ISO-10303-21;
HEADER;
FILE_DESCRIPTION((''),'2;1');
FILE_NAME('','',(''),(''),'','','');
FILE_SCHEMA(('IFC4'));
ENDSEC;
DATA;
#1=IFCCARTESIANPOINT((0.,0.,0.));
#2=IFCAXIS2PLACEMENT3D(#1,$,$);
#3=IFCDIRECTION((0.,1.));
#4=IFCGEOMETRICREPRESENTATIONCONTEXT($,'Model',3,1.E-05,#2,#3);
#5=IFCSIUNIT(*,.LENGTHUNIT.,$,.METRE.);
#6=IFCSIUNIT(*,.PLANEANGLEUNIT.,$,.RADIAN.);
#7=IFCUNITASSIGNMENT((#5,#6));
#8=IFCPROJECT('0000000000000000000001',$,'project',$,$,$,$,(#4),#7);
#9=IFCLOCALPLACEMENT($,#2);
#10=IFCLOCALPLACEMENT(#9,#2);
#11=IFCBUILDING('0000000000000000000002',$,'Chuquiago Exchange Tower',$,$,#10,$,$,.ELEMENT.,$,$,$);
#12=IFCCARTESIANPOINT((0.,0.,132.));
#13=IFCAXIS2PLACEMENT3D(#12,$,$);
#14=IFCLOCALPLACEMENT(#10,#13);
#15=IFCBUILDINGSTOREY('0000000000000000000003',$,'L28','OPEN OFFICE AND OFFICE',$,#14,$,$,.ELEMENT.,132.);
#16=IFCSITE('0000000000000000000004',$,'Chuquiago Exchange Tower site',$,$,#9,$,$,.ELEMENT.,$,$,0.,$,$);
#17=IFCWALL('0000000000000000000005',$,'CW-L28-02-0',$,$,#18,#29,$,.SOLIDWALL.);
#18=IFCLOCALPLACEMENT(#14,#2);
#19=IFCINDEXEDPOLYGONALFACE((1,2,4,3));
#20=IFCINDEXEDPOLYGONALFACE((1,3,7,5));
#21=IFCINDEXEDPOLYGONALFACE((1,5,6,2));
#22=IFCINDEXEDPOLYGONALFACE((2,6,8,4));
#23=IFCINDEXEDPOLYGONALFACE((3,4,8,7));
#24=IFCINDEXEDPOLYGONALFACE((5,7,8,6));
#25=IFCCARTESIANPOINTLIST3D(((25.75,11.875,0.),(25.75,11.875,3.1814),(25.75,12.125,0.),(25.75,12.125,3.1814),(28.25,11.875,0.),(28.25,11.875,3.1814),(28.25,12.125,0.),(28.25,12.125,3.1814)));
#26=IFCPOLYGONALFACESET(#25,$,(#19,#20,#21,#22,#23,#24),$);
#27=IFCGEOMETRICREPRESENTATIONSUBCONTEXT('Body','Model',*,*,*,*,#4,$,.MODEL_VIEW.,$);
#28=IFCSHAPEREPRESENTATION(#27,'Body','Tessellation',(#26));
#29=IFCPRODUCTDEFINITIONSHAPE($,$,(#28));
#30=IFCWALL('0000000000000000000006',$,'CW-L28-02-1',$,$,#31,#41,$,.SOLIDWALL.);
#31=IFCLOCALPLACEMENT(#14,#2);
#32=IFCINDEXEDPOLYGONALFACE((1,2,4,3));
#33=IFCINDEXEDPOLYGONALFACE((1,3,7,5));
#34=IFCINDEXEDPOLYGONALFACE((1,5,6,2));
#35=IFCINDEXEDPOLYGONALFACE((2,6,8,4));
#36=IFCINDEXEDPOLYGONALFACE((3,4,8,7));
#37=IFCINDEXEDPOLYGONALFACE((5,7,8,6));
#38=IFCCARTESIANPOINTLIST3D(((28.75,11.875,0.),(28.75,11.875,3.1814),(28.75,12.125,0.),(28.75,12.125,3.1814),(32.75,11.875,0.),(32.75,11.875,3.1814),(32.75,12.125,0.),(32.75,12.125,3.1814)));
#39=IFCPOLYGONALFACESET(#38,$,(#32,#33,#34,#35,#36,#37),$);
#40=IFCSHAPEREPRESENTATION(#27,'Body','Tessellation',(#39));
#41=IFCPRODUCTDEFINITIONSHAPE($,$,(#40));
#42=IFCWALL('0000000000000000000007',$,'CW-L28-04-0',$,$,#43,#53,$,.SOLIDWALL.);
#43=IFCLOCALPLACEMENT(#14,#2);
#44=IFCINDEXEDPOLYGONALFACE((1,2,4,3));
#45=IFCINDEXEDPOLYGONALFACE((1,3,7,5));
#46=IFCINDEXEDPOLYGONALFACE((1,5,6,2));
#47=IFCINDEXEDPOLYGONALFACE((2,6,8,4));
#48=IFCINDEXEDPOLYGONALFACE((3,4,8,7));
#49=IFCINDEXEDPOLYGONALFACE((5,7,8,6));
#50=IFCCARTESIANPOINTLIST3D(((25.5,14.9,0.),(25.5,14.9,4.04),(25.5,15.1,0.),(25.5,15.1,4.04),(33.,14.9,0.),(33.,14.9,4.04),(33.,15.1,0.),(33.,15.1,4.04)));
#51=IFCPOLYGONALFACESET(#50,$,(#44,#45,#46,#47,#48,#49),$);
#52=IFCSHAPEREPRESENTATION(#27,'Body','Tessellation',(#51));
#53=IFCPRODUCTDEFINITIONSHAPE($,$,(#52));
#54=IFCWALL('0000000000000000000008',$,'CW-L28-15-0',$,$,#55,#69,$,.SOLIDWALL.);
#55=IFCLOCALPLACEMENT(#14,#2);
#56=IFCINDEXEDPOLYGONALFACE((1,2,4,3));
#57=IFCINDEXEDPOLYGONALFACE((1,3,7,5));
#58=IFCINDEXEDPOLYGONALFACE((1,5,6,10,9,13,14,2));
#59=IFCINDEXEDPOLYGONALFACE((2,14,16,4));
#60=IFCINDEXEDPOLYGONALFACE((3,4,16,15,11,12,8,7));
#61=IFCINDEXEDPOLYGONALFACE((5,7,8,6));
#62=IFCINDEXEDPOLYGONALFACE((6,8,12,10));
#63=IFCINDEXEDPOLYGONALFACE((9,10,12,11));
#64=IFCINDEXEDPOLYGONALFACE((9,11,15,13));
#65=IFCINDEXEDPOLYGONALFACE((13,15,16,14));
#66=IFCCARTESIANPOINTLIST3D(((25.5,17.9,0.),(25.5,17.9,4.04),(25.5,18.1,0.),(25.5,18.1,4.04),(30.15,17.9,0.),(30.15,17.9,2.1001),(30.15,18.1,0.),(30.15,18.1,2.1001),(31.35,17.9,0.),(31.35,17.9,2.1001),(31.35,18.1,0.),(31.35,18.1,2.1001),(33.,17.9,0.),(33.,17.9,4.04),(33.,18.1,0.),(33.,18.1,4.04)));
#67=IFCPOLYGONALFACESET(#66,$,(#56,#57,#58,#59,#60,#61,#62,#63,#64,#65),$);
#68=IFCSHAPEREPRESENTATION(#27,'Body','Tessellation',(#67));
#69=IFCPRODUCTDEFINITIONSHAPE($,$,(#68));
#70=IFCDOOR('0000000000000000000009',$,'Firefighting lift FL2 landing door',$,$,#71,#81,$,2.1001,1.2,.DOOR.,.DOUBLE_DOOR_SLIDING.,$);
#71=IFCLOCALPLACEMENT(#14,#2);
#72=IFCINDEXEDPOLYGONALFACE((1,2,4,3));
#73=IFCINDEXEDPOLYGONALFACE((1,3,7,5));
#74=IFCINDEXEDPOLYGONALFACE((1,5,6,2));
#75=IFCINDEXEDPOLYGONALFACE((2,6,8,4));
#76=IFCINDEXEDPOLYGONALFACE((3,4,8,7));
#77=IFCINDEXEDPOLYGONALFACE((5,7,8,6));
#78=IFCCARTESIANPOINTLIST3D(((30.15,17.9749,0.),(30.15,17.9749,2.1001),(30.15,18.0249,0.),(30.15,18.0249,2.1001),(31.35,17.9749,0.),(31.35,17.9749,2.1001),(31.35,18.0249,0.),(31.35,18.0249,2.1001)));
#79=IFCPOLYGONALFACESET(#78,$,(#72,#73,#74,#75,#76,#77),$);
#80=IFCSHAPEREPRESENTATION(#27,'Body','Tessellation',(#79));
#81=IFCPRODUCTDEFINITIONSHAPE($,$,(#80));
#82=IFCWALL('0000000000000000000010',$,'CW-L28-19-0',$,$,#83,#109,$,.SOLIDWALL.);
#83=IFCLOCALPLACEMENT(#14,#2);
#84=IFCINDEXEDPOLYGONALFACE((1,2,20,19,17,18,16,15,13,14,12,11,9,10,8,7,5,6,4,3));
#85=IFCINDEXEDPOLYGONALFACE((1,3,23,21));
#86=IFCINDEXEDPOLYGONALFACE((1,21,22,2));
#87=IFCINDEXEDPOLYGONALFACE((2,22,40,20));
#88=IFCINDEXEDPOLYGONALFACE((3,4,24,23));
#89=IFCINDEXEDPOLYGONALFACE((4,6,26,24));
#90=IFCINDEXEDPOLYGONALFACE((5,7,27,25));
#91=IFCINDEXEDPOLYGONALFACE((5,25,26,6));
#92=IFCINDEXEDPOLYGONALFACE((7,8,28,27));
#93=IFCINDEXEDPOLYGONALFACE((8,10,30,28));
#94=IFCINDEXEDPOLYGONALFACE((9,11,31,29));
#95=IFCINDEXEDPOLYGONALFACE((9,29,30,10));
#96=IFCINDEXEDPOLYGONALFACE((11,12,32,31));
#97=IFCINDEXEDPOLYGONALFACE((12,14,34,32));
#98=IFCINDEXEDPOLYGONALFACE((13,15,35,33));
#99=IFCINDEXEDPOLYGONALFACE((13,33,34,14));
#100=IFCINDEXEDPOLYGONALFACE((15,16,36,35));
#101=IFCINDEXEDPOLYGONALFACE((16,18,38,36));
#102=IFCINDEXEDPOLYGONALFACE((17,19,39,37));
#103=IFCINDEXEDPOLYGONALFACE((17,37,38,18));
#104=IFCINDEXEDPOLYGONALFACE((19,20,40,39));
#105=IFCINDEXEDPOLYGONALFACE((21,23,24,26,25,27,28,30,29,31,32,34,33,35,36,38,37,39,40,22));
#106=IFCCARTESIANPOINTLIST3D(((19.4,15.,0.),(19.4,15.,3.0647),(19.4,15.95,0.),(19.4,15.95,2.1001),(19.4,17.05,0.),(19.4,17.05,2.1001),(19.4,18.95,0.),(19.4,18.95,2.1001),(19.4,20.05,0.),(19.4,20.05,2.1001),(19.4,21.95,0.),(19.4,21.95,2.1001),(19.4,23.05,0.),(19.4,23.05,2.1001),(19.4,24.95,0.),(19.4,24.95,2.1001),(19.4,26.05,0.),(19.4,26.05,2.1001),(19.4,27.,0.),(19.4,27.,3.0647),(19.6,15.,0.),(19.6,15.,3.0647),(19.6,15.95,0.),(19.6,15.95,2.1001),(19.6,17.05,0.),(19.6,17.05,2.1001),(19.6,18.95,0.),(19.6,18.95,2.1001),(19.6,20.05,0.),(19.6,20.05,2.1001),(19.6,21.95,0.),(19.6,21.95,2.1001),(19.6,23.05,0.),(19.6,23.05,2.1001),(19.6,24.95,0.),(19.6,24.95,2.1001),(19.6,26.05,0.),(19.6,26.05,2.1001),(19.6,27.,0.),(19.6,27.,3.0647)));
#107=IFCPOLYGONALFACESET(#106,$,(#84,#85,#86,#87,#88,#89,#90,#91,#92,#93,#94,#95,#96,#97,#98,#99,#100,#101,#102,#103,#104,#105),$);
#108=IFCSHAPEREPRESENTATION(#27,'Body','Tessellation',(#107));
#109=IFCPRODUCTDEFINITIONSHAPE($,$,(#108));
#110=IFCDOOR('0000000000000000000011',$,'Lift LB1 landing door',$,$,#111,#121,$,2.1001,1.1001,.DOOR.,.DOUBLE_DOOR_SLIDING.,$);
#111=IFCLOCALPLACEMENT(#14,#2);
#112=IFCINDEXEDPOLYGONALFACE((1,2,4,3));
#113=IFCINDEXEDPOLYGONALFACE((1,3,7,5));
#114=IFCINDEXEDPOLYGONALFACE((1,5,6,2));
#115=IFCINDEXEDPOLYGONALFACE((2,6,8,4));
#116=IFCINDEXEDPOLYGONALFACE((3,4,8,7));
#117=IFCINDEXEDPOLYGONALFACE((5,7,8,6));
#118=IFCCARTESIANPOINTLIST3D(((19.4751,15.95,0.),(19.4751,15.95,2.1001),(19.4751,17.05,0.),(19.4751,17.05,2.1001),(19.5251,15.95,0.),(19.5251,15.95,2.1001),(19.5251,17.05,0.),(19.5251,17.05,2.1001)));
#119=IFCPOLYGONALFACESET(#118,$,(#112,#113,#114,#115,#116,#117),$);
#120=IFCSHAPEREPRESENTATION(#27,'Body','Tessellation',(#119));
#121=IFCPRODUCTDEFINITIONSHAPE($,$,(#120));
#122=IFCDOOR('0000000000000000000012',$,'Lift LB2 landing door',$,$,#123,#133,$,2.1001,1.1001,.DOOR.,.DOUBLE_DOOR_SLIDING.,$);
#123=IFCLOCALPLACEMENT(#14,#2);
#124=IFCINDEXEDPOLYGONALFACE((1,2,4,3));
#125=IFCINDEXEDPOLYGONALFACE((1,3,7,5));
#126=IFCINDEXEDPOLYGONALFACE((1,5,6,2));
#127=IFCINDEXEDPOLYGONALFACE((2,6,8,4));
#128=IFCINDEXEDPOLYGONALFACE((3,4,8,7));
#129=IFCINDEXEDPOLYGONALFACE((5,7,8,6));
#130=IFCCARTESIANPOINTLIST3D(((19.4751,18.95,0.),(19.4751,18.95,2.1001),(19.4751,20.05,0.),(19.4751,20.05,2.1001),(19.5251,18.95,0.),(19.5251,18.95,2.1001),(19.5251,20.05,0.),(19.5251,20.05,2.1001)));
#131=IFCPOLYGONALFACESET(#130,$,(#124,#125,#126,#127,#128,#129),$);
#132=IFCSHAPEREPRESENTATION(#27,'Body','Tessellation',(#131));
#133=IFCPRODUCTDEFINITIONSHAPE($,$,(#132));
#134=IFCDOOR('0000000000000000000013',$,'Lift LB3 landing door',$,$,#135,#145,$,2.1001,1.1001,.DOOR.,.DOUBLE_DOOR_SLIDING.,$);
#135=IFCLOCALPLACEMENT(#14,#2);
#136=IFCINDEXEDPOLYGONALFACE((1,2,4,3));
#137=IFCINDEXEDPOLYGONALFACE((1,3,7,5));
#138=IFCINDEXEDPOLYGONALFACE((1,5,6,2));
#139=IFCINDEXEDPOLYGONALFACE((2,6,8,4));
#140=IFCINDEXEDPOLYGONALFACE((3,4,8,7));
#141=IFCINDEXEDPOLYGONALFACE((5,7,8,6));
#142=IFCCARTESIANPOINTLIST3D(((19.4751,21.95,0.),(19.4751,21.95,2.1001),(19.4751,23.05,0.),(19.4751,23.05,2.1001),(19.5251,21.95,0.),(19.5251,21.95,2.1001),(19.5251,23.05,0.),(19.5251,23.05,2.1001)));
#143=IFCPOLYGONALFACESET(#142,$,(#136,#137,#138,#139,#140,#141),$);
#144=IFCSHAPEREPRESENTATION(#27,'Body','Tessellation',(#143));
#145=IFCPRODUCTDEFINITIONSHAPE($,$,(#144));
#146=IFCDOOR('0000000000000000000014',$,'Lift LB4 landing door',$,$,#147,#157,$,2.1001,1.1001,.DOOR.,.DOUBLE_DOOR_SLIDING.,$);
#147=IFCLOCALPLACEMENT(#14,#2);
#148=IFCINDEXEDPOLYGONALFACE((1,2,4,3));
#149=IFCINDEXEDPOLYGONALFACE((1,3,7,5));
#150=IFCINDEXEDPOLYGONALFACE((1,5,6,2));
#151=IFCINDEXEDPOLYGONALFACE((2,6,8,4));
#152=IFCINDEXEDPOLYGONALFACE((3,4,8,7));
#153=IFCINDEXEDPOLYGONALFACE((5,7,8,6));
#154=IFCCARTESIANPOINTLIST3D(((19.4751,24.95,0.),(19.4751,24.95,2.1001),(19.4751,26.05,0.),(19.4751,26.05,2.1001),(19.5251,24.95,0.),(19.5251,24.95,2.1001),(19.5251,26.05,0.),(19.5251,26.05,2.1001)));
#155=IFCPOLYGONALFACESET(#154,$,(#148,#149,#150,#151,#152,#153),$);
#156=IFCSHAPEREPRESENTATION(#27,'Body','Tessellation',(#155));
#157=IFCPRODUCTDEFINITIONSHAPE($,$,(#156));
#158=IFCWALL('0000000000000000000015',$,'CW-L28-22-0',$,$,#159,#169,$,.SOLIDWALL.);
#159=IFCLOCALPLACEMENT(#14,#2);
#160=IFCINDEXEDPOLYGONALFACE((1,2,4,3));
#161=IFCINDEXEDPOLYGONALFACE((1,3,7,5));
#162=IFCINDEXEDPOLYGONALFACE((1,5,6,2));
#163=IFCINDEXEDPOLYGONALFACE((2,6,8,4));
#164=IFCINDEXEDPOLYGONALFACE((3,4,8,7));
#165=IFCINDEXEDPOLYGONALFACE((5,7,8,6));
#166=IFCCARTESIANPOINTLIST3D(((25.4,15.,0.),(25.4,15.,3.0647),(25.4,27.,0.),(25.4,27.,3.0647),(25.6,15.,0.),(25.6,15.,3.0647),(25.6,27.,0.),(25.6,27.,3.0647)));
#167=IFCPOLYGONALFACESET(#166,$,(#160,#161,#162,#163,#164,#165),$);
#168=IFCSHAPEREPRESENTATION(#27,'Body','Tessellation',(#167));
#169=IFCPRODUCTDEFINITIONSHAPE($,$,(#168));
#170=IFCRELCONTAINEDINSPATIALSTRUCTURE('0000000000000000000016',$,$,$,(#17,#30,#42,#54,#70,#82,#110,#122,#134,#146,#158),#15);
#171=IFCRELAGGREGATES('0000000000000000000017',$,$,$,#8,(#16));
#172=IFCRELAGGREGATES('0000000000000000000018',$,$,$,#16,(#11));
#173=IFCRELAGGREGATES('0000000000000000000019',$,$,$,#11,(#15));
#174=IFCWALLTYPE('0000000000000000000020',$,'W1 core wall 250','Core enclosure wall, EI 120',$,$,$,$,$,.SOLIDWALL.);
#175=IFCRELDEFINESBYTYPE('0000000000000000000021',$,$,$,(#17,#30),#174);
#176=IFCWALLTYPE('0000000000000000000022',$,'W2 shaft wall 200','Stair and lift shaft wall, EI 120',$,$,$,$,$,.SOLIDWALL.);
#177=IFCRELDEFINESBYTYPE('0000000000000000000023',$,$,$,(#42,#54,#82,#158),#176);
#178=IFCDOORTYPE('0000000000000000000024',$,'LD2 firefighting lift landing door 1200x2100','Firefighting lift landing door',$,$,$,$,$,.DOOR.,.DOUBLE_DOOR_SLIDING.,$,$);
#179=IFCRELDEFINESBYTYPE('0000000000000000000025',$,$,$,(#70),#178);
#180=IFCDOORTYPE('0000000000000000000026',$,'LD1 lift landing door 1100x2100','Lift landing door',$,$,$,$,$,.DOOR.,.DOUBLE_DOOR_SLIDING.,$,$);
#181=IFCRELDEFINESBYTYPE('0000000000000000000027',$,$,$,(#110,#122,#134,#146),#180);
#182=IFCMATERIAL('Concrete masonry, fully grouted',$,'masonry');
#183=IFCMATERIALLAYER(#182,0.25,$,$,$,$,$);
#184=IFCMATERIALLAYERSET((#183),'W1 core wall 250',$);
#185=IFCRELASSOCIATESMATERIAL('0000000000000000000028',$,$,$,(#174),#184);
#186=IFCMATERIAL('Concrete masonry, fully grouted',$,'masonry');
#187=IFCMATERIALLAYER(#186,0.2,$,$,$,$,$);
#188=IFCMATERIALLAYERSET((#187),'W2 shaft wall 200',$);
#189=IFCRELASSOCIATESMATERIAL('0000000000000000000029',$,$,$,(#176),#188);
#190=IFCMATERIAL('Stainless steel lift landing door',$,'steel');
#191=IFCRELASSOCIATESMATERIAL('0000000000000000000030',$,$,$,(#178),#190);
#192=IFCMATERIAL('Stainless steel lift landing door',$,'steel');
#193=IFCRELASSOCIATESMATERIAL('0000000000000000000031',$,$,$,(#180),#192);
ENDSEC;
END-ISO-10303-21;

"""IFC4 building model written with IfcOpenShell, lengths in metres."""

from ifc_helpers import new_model, si_unit, direction, frame, frame_2d, origin, place, context, subcontext, project, spatial, rectangle, extrude, material, layer, layer_set, type_object, element, fill, save


model = new_model("IFC4")

# Units and contexts
model_context = context("Model", 3, precision=1e-05, world=origin(), true_north=direction((0.0, 1.0)))
body_context = subcontext(model_context, "Body", "Model", "MODEL_VIEW")
ifc_project = project(units=[si_unit("LENGTHUNIT", "METRE"), si_unit("PLANEANGLEUNIT", "RADIAN")], contexts=[model_context])

# Site, building, storey
site_placement = place(None, origin())
site = spatial("IfcSite", under=ifc_project, at=site_placement, Name="Chuquiago Exchange Tower site", CompositionType="ELEMENT", RefElevation=0.0)
building_placement = place(site_placement, origin())
building = spatial("IfcBuilding", under=site, at=building_placement, Name="Chuquiago Exchange Tower", CompositionType="ELEMENT")
storey_placement = place(building_placement, frame((0.0, 0.0, 132.0)))
storey = spatial("IfcBuildingStorey", under=building, at=storey_placement, Name="L28", Description="OPEN OFFICE AND OFFICE", CompositionType="ELEMENT", Elevation=132.0)

# Walls
ifc_material_1 = material(Name="Concrete masonry, fully grouted", Category="masonry")
ifc_layer_1 = layer(ifc_material_1, 0.25)
ifc_layer_set_1 = layer_set([ifc_layer_1], Name="W1 core wall 250")
wall_type_1 = type_object("IfcWallType", Name="W1 core wall 250", Description="Core enclosure wall, EI 120", PredefinedType="SOLIDWALL", material=ifc_layer_set_1)
wall_1_placement = place(storey_placement, frame((25.75, 12.0, 0.0), z_axis=(0.0, 0.0, 1.0), x_axis=(1.0, 0.0, 0.0)))
element("IfcWall", 1, at=wall_1_placement, inside=storey, type_object=wall_type_1, Name="CW-L28-02-0", PredefinedType="SOLIDWALL", context=body_context, shape_type="SweptSolid", body=[
    extrude(rectangle(XDim=2.5, YDim=0.25, at=frame_2d((1.25, 0.0))), origin(), (0.0, 0.0, 1.0), 3.1814),
])
wall_2_placement = place(storey_placement, frame((28.75, 12.0, 0.0), z_axis=(0.0, 0.0, 1.0), x_axis=(1.0, 0.0, 0.0)))
element("IfcWall", 2, at=wall_2_placement, inside=storey, type_object=wall_type_1, Name="CW-L28-02-1", PredefinedType="SOLIDWALL", context=body_context, shape_type="SweptSolid", body=[
    extrude(rectangle(XDim=4.0, YDim=0.25, at=frame_2d((2.0, 0.0))), origin(), (0.0, 0.0, 1.0), 3.1814),
])
ifc_material_2 = material(Name="Concrete masonry, fully grouted", Category="masonry")
ifc_layer_2 = layer(ifc_material_2, 0.2)
ifc_layer_set_2 = layer_set([ifc_layer_2], Name="W2 shaft wall 200")
wall_type_2 = type_object("IfcWallType", Name="W2 shaft wall 200", Description="Stair and lift shaft wall, EI 120", PredefinedType="SOLIDWALL", material=ifc_layer_set_2)
wall_3_placement = place(storey_placement, frame((25.5, 15.0, 0.0), z_axis=(0.0, 0.0, 1.0), x_axis=(1.0, 0.0, 0.0)))
element("IfcWall", 3, at=wall_3_placement, inside=storey, type_object=wall_type_2, Name="CW-L28-04-0", PredefinedType="SOLIDWALL", context=body_context, shape_type="SweptSolid", body=[
    extrude(rectangle(XDim=7.5, YDim=0.2, at=frame_2d((3.75, 0.0))), origin(), (0.0, 0.0, 1.0), 4.04),
])

# Wall, opening, door
wall_4_placement = place(storey_placement, frame((25.5, 18.0, 0.0), z_axis=(0.0, 0.0, 1.0), x_axis=(1.0, 0.0, 0.0)))
wall_4 = element("IfcWall", 4, at=wall_4_placement, inside=storey, type_object=wall_type_2, Name="CW-L28-15-0", PredefinedType="SOLIDWALL", context=body_context, shape_type="SweptSolid", body=[
    extrude(rectangle(XDim=7.5, YDim=0.2, at=frame_2d((3.75, 0.0))), origin(), (0.0, 0.0, 1.0), 4.04),
])
opening_1_placement = place(wall_4_placement, frame((4.6499, 0.0, 0.0)))
opening_1 = element("IfcOpeningElement", 5, at=opening_1_placement, cuts=wall_4, PredefinedType="OPENING", context=body_context, shape_type="SweptSolid", body=[
    extrude(rectangle(XDim=1.2, YDim=2.1001, at=frame_2d((0.6001, 1.05))), frame((0.0, 0.1099, 0.0), z_axis=(0.0, -1.0, 0.0), x_axis=(1.0, 0.0, 0.0)), (0.0, 0.0, 1.0), 0.22),
])
ifc_material_3 = material(Name="Stainless steel lift landing door", Category="steel")
door_type_1 = type_object("IfcDoorType", Name="LD2 firefighting lift landing door 1200x2100", Description="Firefighting lift landing door", OperationType="DOUBLE_DOOR_SLIDING", PredefinedType="DOOR", material=ifc_material_3)
door_1_placement = place(opening_1_placement, origin())
door_1 = element("IfcDoor", 6, at=door_1_placement, inside=storey, type_object=door_type_1, Name="Firefighting lift FL2 landing door", OperationType="DOUBLE_DOOR_SLIDING", OverallHeight=2.1001, OverallWidth=1.2, PredefinedType="DOOR", context=body_context, shape_type="SweptSolid", body=[
    extrude(rectangle(XDim=1.2, YDim=2.1001, at=frame_2d((0.6001, 1.05))), frame((0.0, 0.0249, 0.0), z_axis=(0.0, -1.0, 0.0), x_axis=(1.0, 0.0, 0.0)), (0.0, 0.0, 1.0), 0.05),
])
fill(opening_1, door_1)

# Wall, openings, doors
wall_5_placement = place(storey_placement, frame((19.5, 15.0, 0.0), z_axis=(0.0, 0.0, 1.0), x_axis=(0.0, 1.0, 0.0)))
wall_5 = element("IfcWall", 7, at=wall_5_placement, inside=storey, type_object=wall_type_2, Name="CW-L28-19-0", PredefinedType="SOLIDWALL", context=body_context, shape_type="SweptSolid", body=[
    extrude(rectangle(XDim=12.0, YDim=0.2, at=frame_2d((6.0, 0.0))), origin(), (0.0, 0.0, 1.0), 3.0647),
])
opening_2_placement = place(wall_5_placement, frame((0.95, 0.0, 0.0)))
opening_2 = element("IfcOpeningElement", 8, at=opening_2_placement, cuts=wall_5, PredefinedType="OPENING", context=body_context, shape_type="SweptSolid", body=[
    extrude(rectangle(XDim=1.1001, YDim=2.1001, at=frame_2d((0.55, 1.05))), frame((0.0, 0.1099, 0.0), z_axis=(0.0, -1.0, 0.0), x_axis=(1.0, 0.0, 0.0)), (0.0, 0.0, 1.0), 0.22),
])
opening_3_placement = place(wall_5_placement, frame((3.95, 0.0, 0.0)))
opening_3 = element("IfcOpeningElement", 9, at=opening_3_placement, cuts=wall_5, PredefinedType="OPENING", context=body_context, shape_type="SweptSolid", body=[
    extrude(rectangle(XDim=1.1001, YDim=2.1001, at=frame_2d((0.55, 1.05))), frame((0.0, 0.1099, 0.0), z_axis=(0.0, -1.0, 0.0), x_axis=(1.0, 0.0, 0.0)), (0.0, 0.0, 1.0), 0.22),
])
opening_4_placement = place(wall_5_placement, frame((6.95, 0.0, 0.0)))
opening_4 = element("IfcOpeningElement", 10, at=opening_4_placement, cuts=wall_5, PredefinedType="OPENING", context=body_context, shape_type="SweptSolid", body=[
    extrude(rectangle(XDim=1.1001, YDim=2.1001, at=frame_2d((0.55, 1.05))), frame((0.0, 0.1099, 0.0), z_axis=(0.0, -1.0, 0.0), x_axis=(1.0, 0.0, 0.0)), (0.0, 0.0, 1.0), 0.22),
])
opening_5_placement = place(wall_5_placement, frame((9.95, 0.0, 0.0)))
opening_5 = element("IfcOpeningElement", 11, at=opening_5_placement, cuts=wall_5, PredefinedType="OPENING", context=body_context, shape_type="SweptSolid", body=[
    extrude(rectangle(XDim=1.1001, YDim=2.1001, at=frame_2d((0.55, 1.05))), frame((0.0, 0.1099, 0.0), z_axis=(0.0, -1.0, 0.0), x_axis=(1.0, 0.0, 0.0)), (0.0, 0.0, 1.0), 0.22),
])
ifc_material_4 = material(Name="Stainless steel lift landing door", Category="steel")
door_type_2 = type_object("IfcDoorType", Name="LD1 lift landing door 1100x2100", Description="Lift landing door", OperationType="DOUBLE_DOOR_SLIDING", PredefinedType="DOOR", material=ifc_material_4)
door_2_placement = place(opening_2_placement, origin())
door_2 = element("IfcDoor", 12, at=door_2_placement, inside=storey, type_object=door_type_2, Name="Lift LB1 landing door", OperationType="DOUBLE_DOOR_SLIDING", OverallHeight=2.1001, OverallWidth=1.1001, PredefinedType="DOOR", context=body_context, shape_type="SweptSolid", body=[
    extrude(rectangle(XDim=1.1001, YDim=2.1001, at=frame_2d((0.55, 1.05))), frame((0.0, 0.0249, 0.0), z_axis=(0.0, -1.0, 0.0), x_axis=(1.0, 0.0, 0.0)), (0.0, 0.0, 1.0), 0.05),
])
fill(opening_2, door_2)
door_3_placement = place(opening_3_placement, origin())
door_3 = element("IfcDoor", 13, at=door_3_placement, inside=storey, type_object=door_type_2, Name="Lift LB2 landing door", OperationType="DOUBLE_DOOR_SLIDING", OverallHeight=2.1001, OverallWidth=1.1001, PredefinedType="DOOR", context=body_context, shape_type="SweptSolid", body=[
    extrude(rectangle(XDim=1.1001, YDim=2.1001, at=frame_2d((0.55, 1.05))), frame((0.0, 0.0249, 0.0), z_axis=(0.0, -1.0, 0.0), x_axis=(1.0, 0.0, 0.0)), (0.0, 0.0, 1.0), 0.05),
])
fill(opening_3, door_3)
door_4_placement = place(opening_4_placement, origin())
door_4 = element("IfcDoor", 14, at=door_4_placement, inside=storey, type_object=door_type_2, Name="Lift LB3 landing door", OperationType="DOUBLE_DOOR_SLIDING", OverallHeight=2.1001, OverallWidth=1.1001, PredefinedType="DOOR", context=body_context, shape_type="SweptSolid", body=[
    extrude(rectangle(XDim=1.1001, YDim=2.1001, at=frame_2d((0.55, 1.05))), frame((0.0, 0.0249, 0.0), z_axis=(0.0, -1.0, 0.0), x_axis=(1.0, 0.0, 0.0)), (0.0, 0.0, 1.0), 0.05),
])
fill(opening_4, door_4)
door_5_placement = place(opening_5_placement, origin())
door_5 = element("IfcDoor", 15, at=door_5_placement, inside=storey, type_object=door_type_2, Name="Lift LB4 landing door", OperationType="DOUBLE_DOOR_SLIDING", OverallHeight=2.1001, OverallWidth=1.1001, PredefinedType="DOOR", context=body_context, shape_type="SweptSolid", body=[
    extrude(rectangle(XDim=1.1001, YDim=2.1001, at=frame_2d((0.55, 1.05))), frame((0.0, 0.0249, 0.0), z_axis=(0.0, -1.0, 0.0), x_axis=(1.0, 0.0, 0.0)), (0.0, 0.0, 1.0), 0.05),
])
fill(opening_5, door_5)

# Wall
wall_6_placement = place(storey_placement, frame((25.5, 15.0, 0.0), z_axis=(0.0, 0.0, 1.0), x_axis=(0.0, 1.0, 0.0)))
element("IfcWall", 16, at=wall_6_placement, inside=storey, type_object=wall_type_2, Name="CW-L28-22-0", PredefinedType="SOLIDWALL", context=body_context, shape_type="SweptSolid", body=[
    extrude(rectangle(XDim=12.0, YDim=0.2, at=frame_2d((6.0, 0.0))), origin(), (0.0, 0.0, 1.0), 3.0647),
])

save(model, "model.ifc")
